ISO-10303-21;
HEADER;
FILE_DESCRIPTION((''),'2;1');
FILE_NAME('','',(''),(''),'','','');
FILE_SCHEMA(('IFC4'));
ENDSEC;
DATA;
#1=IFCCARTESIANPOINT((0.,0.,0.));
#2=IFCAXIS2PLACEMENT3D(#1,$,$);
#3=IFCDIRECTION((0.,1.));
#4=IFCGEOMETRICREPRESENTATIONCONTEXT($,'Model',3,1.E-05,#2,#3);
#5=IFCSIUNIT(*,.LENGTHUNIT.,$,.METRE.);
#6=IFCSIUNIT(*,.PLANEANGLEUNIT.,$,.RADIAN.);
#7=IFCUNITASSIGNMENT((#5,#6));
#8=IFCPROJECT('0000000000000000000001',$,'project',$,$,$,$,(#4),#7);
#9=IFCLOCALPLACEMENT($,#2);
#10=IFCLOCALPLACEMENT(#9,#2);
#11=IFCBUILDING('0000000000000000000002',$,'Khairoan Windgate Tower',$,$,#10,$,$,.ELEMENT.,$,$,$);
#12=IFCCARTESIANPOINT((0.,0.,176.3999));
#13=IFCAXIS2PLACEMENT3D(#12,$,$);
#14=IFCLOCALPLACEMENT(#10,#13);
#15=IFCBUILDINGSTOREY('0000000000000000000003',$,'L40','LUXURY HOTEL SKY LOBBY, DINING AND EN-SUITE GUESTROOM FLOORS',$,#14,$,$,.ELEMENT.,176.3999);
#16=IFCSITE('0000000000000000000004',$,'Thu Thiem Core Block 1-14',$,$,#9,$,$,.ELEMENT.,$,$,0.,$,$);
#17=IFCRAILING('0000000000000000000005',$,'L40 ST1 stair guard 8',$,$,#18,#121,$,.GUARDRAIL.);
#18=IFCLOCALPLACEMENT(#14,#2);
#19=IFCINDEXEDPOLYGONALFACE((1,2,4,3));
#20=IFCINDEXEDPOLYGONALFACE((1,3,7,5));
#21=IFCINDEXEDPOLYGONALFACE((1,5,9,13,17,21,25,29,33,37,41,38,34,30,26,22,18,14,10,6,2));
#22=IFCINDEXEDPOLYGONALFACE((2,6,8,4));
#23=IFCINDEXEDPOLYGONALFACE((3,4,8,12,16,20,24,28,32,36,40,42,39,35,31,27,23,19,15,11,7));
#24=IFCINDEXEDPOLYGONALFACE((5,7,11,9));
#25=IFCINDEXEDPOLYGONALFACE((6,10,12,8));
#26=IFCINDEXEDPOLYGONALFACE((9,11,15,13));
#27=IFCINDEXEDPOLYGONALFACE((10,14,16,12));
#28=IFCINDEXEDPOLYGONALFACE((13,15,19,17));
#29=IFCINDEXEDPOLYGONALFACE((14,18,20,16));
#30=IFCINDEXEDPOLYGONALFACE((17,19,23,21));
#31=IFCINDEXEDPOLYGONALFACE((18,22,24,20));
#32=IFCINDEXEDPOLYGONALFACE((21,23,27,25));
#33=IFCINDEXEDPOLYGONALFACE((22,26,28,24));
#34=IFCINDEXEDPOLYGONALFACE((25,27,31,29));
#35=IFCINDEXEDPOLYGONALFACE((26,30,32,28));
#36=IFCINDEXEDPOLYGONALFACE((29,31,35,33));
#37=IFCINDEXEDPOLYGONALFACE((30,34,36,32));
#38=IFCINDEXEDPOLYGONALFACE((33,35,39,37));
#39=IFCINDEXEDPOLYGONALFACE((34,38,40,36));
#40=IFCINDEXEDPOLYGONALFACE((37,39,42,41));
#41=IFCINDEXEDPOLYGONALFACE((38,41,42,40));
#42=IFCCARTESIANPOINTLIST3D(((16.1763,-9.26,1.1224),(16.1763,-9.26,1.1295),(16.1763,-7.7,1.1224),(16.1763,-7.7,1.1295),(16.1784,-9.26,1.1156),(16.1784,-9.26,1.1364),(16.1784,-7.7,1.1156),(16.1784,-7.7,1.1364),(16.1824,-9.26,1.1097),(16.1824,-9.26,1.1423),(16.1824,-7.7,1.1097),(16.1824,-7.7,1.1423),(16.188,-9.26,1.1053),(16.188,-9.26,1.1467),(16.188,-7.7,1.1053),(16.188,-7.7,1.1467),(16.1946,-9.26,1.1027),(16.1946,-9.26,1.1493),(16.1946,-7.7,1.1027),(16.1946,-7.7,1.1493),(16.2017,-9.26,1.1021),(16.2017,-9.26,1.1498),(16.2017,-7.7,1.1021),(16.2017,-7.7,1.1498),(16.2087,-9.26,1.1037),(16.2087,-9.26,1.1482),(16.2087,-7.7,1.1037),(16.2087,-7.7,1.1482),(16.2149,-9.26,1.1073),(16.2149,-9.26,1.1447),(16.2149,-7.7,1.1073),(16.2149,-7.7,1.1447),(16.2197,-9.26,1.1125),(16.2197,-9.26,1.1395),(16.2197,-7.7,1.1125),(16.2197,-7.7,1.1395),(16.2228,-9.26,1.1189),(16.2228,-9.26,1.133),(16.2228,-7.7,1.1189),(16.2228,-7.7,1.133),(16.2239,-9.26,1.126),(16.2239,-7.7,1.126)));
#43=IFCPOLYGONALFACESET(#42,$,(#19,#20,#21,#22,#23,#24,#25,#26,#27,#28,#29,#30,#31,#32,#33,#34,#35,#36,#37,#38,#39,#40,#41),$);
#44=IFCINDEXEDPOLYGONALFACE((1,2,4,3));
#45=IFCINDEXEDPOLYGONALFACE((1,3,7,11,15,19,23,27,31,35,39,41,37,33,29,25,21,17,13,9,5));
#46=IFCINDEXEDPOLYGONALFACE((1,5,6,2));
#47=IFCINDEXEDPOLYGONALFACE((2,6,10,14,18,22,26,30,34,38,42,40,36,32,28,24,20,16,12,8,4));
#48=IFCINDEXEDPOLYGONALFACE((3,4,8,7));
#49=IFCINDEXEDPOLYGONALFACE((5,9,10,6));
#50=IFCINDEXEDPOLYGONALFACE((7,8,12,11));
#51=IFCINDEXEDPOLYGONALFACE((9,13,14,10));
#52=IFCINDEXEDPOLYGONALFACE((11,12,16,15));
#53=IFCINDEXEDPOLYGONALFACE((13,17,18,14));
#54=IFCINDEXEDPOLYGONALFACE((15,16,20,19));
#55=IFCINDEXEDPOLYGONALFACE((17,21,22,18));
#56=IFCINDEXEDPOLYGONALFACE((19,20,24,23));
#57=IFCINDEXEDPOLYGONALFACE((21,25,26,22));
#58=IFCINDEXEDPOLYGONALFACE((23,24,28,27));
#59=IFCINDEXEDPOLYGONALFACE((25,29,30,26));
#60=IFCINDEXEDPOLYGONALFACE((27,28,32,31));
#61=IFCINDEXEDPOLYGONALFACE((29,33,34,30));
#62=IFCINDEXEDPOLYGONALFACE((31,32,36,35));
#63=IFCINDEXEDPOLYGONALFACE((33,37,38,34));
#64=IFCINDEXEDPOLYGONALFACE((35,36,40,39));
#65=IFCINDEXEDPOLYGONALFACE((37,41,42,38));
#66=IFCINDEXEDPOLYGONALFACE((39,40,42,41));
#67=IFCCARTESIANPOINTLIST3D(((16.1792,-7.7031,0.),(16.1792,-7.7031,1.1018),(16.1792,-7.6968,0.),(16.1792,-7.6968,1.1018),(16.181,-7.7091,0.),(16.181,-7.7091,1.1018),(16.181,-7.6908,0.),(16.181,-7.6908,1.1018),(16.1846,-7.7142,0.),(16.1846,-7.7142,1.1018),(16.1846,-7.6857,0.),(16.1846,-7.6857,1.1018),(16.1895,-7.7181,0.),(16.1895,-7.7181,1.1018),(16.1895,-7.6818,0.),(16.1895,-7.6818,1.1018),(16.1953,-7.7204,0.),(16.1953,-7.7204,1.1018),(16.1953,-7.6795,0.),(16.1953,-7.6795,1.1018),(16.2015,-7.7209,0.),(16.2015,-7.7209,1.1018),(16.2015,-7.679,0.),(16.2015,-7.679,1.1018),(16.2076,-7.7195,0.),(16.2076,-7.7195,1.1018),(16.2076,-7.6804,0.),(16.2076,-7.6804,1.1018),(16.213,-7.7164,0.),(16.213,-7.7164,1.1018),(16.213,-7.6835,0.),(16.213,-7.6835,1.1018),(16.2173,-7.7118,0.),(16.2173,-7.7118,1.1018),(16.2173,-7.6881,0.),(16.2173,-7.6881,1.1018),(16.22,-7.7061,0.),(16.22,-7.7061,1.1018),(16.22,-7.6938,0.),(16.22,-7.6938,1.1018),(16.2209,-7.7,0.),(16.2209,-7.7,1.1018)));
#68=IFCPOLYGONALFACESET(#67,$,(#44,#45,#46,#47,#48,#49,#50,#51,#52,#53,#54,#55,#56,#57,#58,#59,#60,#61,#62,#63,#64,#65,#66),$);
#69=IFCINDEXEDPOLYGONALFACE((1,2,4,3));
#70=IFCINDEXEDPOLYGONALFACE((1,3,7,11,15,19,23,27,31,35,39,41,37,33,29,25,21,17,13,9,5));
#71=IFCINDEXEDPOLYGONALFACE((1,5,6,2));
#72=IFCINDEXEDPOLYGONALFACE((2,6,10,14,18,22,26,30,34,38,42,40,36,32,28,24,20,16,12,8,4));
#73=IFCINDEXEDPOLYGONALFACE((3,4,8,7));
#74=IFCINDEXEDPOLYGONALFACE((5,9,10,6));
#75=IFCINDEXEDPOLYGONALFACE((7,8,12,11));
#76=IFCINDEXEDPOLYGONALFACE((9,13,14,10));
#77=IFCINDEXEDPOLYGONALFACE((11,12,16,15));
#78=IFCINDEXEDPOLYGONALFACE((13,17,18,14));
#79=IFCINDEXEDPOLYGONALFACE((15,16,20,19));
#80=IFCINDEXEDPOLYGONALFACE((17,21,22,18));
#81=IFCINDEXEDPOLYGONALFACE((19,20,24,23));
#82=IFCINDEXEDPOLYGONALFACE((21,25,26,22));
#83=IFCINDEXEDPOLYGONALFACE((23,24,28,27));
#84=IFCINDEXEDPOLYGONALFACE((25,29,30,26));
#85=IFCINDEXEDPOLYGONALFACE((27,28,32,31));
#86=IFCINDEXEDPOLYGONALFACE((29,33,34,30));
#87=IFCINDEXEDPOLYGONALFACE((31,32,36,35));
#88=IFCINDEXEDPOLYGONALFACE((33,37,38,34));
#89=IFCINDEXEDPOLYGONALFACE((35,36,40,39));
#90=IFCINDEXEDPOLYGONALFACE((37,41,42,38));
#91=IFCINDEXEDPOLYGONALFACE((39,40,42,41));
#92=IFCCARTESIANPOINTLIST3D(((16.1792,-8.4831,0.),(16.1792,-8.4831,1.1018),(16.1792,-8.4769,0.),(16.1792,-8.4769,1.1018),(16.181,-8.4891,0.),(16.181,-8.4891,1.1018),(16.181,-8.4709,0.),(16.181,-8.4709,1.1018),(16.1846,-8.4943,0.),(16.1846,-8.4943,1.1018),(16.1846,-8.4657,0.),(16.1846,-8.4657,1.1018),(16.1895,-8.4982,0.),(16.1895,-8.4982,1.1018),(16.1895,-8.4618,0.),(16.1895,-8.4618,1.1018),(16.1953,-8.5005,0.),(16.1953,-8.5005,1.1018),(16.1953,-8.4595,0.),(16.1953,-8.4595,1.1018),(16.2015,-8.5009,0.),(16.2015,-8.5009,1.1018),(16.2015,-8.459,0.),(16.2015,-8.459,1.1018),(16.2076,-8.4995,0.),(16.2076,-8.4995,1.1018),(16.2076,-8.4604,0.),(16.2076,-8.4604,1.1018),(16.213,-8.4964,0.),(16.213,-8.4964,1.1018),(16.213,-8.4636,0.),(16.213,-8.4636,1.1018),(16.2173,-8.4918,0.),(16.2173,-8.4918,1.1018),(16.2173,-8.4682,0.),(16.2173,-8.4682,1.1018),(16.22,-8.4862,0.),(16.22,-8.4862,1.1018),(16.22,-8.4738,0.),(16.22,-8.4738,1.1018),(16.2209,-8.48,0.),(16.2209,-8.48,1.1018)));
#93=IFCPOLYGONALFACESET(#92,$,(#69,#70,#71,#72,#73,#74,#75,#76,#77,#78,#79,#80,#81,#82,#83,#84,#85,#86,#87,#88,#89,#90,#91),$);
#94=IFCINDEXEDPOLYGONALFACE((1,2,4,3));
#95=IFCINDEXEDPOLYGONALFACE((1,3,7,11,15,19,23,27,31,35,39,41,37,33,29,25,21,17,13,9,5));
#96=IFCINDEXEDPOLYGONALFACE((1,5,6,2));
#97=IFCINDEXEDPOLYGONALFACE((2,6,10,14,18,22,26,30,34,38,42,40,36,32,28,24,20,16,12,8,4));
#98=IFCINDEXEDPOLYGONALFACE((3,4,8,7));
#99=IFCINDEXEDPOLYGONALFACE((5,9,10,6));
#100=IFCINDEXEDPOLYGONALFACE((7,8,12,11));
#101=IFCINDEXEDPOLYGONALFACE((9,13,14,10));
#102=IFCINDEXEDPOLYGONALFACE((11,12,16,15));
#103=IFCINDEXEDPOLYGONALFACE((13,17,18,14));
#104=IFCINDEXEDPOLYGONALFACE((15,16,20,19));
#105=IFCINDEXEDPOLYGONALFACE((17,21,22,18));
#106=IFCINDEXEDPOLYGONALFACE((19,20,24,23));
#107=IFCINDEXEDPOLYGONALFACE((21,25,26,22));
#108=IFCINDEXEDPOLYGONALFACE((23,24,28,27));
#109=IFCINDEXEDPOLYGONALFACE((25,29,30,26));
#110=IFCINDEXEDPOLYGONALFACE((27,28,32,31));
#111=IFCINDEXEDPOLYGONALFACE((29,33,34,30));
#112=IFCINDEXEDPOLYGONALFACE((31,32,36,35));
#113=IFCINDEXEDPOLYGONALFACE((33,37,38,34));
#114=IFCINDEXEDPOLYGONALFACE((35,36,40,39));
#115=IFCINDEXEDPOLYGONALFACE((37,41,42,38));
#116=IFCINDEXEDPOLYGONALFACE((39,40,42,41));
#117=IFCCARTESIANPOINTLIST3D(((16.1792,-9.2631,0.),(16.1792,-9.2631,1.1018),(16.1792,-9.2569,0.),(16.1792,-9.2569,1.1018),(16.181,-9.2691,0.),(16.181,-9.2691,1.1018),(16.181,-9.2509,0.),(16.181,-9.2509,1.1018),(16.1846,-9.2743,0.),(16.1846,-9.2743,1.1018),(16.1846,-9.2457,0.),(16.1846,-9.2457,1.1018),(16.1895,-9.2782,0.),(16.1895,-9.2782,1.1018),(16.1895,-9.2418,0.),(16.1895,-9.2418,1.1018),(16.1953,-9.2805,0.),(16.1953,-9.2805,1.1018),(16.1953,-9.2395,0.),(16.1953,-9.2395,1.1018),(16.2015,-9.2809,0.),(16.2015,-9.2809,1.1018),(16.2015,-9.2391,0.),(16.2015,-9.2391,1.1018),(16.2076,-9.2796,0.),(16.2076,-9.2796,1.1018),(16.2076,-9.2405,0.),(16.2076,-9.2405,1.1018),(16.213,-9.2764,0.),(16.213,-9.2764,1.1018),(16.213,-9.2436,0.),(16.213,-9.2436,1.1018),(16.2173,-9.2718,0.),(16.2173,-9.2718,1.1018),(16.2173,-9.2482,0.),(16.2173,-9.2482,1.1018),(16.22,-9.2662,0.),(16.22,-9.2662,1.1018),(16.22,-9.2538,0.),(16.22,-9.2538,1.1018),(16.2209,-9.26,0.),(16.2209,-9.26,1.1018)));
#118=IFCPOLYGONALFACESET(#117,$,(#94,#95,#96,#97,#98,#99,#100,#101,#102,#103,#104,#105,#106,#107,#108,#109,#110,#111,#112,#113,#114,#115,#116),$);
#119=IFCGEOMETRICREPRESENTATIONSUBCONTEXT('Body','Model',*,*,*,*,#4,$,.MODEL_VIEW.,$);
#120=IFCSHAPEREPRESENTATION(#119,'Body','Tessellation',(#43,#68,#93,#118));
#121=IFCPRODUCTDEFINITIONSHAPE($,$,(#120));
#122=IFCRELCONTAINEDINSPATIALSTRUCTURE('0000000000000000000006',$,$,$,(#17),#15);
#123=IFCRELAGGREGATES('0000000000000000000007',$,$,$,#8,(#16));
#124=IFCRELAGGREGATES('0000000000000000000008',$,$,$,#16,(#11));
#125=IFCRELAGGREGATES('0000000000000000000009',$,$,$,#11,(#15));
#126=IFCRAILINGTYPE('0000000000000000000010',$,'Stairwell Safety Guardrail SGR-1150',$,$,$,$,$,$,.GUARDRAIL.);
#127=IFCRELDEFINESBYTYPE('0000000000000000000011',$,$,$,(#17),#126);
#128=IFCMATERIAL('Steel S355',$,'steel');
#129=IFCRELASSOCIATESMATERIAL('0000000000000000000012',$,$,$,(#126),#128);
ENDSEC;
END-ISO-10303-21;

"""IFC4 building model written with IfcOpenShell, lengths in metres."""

from ifc_helpers import new_model, si_unit, direction, frame, origin, origin_2d, place, context, subcontext, project, spatial, circle, extrude, material, type_object, element, save


model = new_model("IFC4")

# Units and contexts
model_context = context("Model", 3, precision=1e-05, world=origin(), true_north=direction((0.0, 1.0)))
body_context = subcontext(model_context, "Body", "Model", "MODEL_VIEW")
ifc_project = project(units=[si_unit("LENGTHUNIT", "METRE"), si_unit("PLANEANGLEUNIT", "RADIAN")], contexts=[model_context])

# Site, building, storey
site_placement = place(None, origin())
site = spatial("IfcSite", under=ifc_project, at=site_placement, Name="Thu Thiem Core Block 1-14", CompositionType="ELEMENT", RefElevation=0.0)
building_placement = place(site_placement, origin())
building = spatial("IfcBuilding", under=site, at=building_placement, Name="Khairoan Windgate Tower", CompositionType="ELEMENT")
storey_placement = place(building_placement, frame((0.0, 0.0, 176.3999)))
storey = spatial("IfcBuildingStorey", under=building, at=storey_placement, Name="L40", Description="LUXURY HOTEL SKY LOBBY, DINING AND EN-SUITE GUESTROOM FLOORS", CompositionType="ELEMENT", Elevation=176.3999)

# Railing
ifc_material_1 = material(Name="Steel S355", Category="steel")
railing_type_1 = type_object("IfcRailingType", Name="Stairwell Safety Guardrail SGR-1150", PredefinedType="GUARDRAIL", material=ifc_material_1)
railing_1_placement = place(storey_placement, frame((16.2, -7.7, 0.0)))
element("IfcRailing", 1, at=railing_1_placement, inside=storey, type_object=railing_type_1, Name="L40 ST1 stair guard 8", PredefinedType="GUARDRAIL", context=body_context, shape_type="SweptSolid", body=[
    extrude(circle(Radius=0.0239, at=origin_2d()), frame((0.0, 0.0, 1.126), z_axis=(0.0, -1.0, 0.0), x_axis=(1.0, 0.0, 0.0)), (0.0, 0.0, 1.0), 1.5601),
    extrude(circle(Radius=0.021, at=origin_2d()), origin(), (0.0, 0.0, 1.0), 1.1018),
    extrude(circle(Radius=0.021, at=origin_2d()), frame((0.0, -0.78, 0.0)), (0.0, 0.0, 1.0), 1.1018),
    extrude(circle(Radius=0.021, at=origin_2d()), frame((0.0, -1.5601, 0.0)), (0.0, 0.0, 1.0), 1.1018),
])

save(model, "model.ifc")
